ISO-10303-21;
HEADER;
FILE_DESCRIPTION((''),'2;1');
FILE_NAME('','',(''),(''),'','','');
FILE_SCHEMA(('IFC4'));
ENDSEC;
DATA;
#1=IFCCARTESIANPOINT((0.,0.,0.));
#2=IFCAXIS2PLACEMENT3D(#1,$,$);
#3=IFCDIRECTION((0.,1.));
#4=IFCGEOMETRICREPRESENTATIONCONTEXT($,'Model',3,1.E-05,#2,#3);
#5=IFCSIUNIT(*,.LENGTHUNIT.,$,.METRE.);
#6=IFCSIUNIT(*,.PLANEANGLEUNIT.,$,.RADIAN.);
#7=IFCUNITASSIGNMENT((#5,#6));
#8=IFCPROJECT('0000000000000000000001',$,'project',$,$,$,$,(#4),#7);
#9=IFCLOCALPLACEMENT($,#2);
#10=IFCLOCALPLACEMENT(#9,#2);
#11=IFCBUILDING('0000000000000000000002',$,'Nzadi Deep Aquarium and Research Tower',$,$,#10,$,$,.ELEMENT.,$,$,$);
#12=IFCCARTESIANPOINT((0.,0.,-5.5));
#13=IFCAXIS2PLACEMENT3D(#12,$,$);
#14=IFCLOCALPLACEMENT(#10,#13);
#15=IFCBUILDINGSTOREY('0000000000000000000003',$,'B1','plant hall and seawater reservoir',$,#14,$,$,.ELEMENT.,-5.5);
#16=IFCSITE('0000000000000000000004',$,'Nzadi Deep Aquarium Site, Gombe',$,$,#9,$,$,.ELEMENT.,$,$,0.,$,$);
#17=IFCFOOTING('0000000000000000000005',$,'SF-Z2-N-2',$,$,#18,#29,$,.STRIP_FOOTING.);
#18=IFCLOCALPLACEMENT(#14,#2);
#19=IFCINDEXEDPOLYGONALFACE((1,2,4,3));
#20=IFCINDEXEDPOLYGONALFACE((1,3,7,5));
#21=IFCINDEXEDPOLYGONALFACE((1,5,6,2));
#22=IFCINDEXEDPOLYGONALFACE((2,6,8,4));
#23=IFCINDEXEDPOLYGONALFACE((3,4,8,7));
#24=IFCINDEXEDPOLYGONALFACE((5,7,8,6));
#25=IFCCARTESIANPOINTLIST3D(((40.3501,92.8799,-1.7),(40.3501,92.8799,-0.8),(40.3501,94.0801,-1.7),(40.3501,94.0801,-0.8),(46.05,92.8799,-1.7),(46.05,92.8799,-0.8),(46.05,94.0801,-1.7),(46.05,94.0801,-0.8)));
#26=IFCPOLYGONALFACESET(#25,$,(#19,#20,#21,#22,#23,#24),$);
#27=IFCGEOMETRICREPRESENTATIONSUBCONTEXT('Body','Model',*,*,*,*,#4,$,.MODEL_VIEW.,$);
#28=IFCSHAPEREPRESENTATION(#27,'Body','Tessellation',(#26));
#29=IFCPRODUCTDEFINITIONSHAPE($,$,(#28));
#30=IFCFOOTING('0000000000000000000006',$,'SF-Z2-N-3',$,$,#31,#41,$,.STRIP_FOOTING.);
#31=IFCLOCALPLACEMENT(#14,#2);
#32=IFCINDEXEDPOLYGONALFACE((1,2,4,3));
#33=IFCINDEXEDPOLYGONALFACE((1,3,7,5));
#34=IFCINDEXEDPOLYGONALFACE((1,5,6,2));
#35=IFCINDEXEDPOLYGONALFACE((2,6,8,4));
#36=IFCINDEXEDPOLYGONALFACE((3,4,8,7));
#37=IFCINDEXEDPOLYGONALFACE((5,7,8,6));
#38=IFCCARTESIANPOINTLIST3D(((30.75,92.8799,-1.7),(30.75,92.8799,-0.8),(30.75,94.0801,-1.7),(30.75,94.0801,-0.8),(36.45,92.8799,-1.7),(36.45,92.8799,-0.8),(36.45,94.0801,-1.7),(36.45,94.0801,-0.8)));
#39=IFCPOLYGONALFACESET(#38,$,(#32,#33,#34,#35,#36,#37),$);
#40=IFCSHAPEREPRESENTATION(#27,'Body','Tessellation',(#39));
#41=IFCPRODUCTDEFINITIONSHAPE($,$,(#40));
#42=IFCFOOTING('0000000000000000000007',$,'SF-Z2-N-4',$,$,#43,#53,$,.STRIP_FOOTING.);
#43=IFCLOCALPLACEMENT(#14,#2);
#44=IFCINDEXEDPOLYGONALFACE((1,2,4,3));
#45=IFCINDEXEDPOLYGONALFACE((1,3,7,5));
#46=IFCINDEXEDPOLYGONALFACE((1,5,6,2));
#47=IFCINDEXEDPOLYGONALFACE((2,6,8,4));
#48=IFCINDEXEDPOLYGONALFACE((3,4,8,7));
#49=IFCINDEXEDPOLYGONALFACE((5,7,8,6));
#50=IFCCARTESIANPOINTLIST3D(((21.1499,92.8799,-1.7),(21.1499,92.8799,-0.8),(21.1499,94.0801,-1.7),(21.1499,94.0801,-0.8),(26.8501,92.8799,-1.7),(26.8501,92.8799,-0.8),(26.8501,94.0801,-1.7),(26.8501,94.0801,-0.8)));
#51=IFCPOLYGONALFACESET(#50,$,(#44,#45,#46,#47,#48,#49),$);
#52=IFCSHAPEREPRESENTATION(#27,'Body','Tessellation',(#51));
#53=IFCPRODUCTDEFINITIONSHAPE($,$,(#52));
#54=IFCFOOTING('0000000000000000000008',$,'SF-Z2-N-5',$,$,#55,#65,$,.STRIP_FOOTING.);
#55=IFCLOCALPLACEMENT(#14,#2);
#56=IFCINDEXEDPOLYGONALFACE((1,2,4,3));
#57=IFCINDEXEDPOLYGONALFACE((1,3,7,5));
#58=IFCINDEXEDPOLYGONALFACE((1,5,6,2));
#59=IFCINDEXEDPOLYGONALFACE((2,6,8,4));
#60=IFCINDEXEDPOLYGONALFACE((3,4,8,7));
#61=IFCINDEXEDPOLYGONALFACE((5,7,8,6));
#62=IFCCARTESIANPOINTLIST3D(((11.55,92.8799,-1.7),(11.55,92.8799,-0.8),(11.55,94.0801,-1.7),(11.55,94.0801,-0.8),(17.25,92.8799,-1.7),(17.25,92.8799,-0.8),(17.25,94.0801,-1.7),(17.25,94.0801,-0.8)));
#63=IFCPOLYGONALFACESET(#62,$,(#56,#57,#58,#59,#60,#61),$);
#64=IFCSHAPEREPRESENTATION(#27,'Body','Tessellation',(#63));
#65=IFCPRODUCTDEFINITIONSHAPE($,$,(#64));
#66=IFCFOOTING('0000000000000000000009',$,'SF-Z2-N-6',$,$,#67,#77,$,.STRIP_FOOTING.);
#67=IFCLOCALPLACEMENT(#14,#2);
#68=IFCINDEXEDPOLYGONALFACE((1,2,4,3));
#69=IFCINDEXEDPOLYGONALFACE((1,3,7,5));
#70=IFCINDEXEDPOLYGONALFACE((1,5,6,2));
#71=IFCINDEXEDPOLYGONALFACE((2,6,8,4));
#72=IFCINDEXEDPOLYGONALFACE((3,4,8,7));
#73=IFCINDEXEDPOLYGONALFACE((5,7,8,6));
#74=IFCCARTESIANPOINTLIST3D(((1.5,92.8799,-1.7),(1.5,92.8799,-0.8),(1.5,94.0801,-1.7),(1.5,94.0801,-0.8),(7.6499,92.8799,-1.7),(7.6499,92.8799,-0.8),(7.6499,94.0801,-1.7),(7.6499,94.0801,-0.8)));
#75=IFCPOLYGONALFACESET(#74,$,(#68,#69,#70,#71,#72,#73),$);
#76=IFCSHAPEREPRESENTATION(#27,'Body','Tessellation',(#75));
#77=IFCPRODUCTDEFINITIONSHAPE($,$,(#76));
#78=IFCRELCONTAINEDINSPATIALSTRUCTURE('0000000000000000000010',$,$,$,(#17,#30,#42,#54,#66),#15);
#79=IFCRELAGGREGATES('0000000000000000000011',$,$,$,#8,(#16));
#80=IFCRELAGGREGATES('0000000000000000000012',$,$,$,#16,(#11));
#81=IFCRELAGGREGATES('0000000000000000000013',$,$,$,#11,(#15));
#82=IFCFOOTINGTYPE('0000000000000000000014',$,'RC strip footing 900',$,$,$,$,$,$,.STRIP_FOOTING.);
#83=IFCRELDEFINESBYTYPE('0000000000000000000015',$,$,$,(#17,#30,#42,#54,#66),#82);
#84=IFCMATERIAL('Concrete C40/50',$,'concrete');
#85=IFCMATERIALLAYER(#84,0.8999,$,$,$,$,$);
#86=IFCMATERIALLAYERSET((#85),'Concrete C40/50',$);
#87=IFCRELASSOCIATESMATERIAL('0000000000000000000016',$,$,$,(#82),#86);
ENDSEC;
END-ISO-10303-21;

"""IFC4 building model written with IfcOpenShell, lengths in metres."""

from ifc_helpers import new_model, si_unit, direction, frame, origin, place, context, subcontext, project, spatial, polyline, outline, extrude, material, layer, layer_set, type_object, element, save


model = new_model("IFC4")

# Units and contexts
model_context = context("Model", 3, precision=1e-05, world=origin(), true_north=direction((0.0, 1.0)))
body_context = subcontext(model_context, "Body", "Model", "MODEL_VIEW")
ifc_project = project(units=[si_unit("LENGTHUNIT", "METRE"), si_unit("PLANEANGLEUNIT", "RADIAN")], contexts=[model_context])

# Site, building, storey
site_placement = place(None, origin())
site = spatial("IfcSite", under=ifc_project, at=site_placement, Name="Nzadi Deep Aquarium Site, Gombe", CompositionType="ELEMENT", RefElevation=0.0)
building_placement = place(site_placement, origin())
building = spatial("IfcBuilding", under=site, at=building_placement, Name="Nzadi Deep Aquarium and Research Tower", CompositionType="ELEMENT")
storey_placement = place(building_placement, frame((0.0, 0.0, -5.5)))
storey = spatial("IfcBuildingStorey", under=building, at=storey_placement, Name="B1", Description="plant hall and seawater reservoir", CompositionType="ELEMENT", Elevation=-5.5)

# Footings
ifc_material_1 = material(Name="Concrete C40/50", Category="concrete")
ifc_layer_1 = layer(ifc_material_1, 0.8999)
ifc_layer_set_1 = layer_set([ifc_layer_1], Name="Concrete C40/50")
footing_type_1 = type_object("IfcFootingType", Name="RC strip footing 900", PredefinedType="STRIP_FOOTING", material=ifc_layer_set_1)
footing_1_placement = place(storey_placement, frame((0.0, 0.0, -1.7)))
element("IfcFooting", 1, at=footing_1_placement, inside=storey, type_object=footing_type_1, Name="SF-Z2-N-2", PredefinedType="STRIP_FOOTING", context=body_context, shape_type="SweptSolid", body=[
    extrude(outline(polyline([(46.05, 94.0801), (40.3501, 94.0801), (40.3501, 92.8799), (46.05, 92.8799), (46.05, 94.0801)])), origin(), (0.0, 0.0, 1.0), 0.8999),
])
footing_2_placement = place(storey_placement, frame((0.0, 0.0, -1.7)))
element("IfcFooting", 2, at=footing_2_placement, inside=storey, type_object=footing_type_1, Name="SF-Z2-N-3", PredefinedType="STRIP_FOOTING", context=body_context, shape_type="SweptSolid", body=[
    extrude(outline(polyline([(36.45, 94.0801), (30.75, 94.0801), (30.75, 92.8799), (36.45, 92.8799), (36.45, 94.0801)])), origin(), (0.0, 0.0, 1.0), 0.8999),
])
footing_3_placement = place(storey_placement, frame((0.0, 0.0, -1.7)))
element("IfcFooting", 3, at=footing_3_placement, inside=storey, type_object=footing_type_1, Name="SF-Z2-N-4", PredefinedType="STRIP_FOOTING", context=body_context, shape_type="SweptSolid", body=[
    extrude(outline(polyline([(26.8501, 94.0801), (21.1499, 94.0801), (21.1499, 92.8799), (26.8501, 92.8799), (26.8501, 94.0801)])), origin(), (0.0, 0.0, 1.0), 0.8999),
])
footing_4_placement = place(storey_placement, frame((0.0, 0.0, -1.7)))
element("IfcFooting", 4, at=footing_4_placement, inside=storey, type_object=footing_type_1, Name="SF-Z2-N-5", PredefinedType="STRIP_FOOTING", context=body_context, shape_type="SweptSolid", body=[
    extrude(outline(polyline([(17.25, 94.0801), (11.55, 94.0801), (11.55, 92.8799), (17.25, 92.8799), (17.25, 94.0801)])), origin(), (0.0, 0.0, 1.0), 0.8999),
])
footing_5_placement = place(storey_placement, frame((0.0, 0.0, -1.7)))
element("IfcFooting", 5, at=footing_5_placement, inside=storey, type_object=footing_type_1, Name="SF-Z2-N-6", PredefinedType="STRIP_FOOTING", context=body_context, shape_type="SweptSolid", body=[
    extrude(outline(polyline([(1.5, 92.8799), (7.6499, 92.8799), (7.6499, 94.0801), (1.5, 94.0801), (1.5, 92.8799)])), origin(), (0.0, 0.0, 1.0), 0.8999),
])

save(model, "model.ifc")
